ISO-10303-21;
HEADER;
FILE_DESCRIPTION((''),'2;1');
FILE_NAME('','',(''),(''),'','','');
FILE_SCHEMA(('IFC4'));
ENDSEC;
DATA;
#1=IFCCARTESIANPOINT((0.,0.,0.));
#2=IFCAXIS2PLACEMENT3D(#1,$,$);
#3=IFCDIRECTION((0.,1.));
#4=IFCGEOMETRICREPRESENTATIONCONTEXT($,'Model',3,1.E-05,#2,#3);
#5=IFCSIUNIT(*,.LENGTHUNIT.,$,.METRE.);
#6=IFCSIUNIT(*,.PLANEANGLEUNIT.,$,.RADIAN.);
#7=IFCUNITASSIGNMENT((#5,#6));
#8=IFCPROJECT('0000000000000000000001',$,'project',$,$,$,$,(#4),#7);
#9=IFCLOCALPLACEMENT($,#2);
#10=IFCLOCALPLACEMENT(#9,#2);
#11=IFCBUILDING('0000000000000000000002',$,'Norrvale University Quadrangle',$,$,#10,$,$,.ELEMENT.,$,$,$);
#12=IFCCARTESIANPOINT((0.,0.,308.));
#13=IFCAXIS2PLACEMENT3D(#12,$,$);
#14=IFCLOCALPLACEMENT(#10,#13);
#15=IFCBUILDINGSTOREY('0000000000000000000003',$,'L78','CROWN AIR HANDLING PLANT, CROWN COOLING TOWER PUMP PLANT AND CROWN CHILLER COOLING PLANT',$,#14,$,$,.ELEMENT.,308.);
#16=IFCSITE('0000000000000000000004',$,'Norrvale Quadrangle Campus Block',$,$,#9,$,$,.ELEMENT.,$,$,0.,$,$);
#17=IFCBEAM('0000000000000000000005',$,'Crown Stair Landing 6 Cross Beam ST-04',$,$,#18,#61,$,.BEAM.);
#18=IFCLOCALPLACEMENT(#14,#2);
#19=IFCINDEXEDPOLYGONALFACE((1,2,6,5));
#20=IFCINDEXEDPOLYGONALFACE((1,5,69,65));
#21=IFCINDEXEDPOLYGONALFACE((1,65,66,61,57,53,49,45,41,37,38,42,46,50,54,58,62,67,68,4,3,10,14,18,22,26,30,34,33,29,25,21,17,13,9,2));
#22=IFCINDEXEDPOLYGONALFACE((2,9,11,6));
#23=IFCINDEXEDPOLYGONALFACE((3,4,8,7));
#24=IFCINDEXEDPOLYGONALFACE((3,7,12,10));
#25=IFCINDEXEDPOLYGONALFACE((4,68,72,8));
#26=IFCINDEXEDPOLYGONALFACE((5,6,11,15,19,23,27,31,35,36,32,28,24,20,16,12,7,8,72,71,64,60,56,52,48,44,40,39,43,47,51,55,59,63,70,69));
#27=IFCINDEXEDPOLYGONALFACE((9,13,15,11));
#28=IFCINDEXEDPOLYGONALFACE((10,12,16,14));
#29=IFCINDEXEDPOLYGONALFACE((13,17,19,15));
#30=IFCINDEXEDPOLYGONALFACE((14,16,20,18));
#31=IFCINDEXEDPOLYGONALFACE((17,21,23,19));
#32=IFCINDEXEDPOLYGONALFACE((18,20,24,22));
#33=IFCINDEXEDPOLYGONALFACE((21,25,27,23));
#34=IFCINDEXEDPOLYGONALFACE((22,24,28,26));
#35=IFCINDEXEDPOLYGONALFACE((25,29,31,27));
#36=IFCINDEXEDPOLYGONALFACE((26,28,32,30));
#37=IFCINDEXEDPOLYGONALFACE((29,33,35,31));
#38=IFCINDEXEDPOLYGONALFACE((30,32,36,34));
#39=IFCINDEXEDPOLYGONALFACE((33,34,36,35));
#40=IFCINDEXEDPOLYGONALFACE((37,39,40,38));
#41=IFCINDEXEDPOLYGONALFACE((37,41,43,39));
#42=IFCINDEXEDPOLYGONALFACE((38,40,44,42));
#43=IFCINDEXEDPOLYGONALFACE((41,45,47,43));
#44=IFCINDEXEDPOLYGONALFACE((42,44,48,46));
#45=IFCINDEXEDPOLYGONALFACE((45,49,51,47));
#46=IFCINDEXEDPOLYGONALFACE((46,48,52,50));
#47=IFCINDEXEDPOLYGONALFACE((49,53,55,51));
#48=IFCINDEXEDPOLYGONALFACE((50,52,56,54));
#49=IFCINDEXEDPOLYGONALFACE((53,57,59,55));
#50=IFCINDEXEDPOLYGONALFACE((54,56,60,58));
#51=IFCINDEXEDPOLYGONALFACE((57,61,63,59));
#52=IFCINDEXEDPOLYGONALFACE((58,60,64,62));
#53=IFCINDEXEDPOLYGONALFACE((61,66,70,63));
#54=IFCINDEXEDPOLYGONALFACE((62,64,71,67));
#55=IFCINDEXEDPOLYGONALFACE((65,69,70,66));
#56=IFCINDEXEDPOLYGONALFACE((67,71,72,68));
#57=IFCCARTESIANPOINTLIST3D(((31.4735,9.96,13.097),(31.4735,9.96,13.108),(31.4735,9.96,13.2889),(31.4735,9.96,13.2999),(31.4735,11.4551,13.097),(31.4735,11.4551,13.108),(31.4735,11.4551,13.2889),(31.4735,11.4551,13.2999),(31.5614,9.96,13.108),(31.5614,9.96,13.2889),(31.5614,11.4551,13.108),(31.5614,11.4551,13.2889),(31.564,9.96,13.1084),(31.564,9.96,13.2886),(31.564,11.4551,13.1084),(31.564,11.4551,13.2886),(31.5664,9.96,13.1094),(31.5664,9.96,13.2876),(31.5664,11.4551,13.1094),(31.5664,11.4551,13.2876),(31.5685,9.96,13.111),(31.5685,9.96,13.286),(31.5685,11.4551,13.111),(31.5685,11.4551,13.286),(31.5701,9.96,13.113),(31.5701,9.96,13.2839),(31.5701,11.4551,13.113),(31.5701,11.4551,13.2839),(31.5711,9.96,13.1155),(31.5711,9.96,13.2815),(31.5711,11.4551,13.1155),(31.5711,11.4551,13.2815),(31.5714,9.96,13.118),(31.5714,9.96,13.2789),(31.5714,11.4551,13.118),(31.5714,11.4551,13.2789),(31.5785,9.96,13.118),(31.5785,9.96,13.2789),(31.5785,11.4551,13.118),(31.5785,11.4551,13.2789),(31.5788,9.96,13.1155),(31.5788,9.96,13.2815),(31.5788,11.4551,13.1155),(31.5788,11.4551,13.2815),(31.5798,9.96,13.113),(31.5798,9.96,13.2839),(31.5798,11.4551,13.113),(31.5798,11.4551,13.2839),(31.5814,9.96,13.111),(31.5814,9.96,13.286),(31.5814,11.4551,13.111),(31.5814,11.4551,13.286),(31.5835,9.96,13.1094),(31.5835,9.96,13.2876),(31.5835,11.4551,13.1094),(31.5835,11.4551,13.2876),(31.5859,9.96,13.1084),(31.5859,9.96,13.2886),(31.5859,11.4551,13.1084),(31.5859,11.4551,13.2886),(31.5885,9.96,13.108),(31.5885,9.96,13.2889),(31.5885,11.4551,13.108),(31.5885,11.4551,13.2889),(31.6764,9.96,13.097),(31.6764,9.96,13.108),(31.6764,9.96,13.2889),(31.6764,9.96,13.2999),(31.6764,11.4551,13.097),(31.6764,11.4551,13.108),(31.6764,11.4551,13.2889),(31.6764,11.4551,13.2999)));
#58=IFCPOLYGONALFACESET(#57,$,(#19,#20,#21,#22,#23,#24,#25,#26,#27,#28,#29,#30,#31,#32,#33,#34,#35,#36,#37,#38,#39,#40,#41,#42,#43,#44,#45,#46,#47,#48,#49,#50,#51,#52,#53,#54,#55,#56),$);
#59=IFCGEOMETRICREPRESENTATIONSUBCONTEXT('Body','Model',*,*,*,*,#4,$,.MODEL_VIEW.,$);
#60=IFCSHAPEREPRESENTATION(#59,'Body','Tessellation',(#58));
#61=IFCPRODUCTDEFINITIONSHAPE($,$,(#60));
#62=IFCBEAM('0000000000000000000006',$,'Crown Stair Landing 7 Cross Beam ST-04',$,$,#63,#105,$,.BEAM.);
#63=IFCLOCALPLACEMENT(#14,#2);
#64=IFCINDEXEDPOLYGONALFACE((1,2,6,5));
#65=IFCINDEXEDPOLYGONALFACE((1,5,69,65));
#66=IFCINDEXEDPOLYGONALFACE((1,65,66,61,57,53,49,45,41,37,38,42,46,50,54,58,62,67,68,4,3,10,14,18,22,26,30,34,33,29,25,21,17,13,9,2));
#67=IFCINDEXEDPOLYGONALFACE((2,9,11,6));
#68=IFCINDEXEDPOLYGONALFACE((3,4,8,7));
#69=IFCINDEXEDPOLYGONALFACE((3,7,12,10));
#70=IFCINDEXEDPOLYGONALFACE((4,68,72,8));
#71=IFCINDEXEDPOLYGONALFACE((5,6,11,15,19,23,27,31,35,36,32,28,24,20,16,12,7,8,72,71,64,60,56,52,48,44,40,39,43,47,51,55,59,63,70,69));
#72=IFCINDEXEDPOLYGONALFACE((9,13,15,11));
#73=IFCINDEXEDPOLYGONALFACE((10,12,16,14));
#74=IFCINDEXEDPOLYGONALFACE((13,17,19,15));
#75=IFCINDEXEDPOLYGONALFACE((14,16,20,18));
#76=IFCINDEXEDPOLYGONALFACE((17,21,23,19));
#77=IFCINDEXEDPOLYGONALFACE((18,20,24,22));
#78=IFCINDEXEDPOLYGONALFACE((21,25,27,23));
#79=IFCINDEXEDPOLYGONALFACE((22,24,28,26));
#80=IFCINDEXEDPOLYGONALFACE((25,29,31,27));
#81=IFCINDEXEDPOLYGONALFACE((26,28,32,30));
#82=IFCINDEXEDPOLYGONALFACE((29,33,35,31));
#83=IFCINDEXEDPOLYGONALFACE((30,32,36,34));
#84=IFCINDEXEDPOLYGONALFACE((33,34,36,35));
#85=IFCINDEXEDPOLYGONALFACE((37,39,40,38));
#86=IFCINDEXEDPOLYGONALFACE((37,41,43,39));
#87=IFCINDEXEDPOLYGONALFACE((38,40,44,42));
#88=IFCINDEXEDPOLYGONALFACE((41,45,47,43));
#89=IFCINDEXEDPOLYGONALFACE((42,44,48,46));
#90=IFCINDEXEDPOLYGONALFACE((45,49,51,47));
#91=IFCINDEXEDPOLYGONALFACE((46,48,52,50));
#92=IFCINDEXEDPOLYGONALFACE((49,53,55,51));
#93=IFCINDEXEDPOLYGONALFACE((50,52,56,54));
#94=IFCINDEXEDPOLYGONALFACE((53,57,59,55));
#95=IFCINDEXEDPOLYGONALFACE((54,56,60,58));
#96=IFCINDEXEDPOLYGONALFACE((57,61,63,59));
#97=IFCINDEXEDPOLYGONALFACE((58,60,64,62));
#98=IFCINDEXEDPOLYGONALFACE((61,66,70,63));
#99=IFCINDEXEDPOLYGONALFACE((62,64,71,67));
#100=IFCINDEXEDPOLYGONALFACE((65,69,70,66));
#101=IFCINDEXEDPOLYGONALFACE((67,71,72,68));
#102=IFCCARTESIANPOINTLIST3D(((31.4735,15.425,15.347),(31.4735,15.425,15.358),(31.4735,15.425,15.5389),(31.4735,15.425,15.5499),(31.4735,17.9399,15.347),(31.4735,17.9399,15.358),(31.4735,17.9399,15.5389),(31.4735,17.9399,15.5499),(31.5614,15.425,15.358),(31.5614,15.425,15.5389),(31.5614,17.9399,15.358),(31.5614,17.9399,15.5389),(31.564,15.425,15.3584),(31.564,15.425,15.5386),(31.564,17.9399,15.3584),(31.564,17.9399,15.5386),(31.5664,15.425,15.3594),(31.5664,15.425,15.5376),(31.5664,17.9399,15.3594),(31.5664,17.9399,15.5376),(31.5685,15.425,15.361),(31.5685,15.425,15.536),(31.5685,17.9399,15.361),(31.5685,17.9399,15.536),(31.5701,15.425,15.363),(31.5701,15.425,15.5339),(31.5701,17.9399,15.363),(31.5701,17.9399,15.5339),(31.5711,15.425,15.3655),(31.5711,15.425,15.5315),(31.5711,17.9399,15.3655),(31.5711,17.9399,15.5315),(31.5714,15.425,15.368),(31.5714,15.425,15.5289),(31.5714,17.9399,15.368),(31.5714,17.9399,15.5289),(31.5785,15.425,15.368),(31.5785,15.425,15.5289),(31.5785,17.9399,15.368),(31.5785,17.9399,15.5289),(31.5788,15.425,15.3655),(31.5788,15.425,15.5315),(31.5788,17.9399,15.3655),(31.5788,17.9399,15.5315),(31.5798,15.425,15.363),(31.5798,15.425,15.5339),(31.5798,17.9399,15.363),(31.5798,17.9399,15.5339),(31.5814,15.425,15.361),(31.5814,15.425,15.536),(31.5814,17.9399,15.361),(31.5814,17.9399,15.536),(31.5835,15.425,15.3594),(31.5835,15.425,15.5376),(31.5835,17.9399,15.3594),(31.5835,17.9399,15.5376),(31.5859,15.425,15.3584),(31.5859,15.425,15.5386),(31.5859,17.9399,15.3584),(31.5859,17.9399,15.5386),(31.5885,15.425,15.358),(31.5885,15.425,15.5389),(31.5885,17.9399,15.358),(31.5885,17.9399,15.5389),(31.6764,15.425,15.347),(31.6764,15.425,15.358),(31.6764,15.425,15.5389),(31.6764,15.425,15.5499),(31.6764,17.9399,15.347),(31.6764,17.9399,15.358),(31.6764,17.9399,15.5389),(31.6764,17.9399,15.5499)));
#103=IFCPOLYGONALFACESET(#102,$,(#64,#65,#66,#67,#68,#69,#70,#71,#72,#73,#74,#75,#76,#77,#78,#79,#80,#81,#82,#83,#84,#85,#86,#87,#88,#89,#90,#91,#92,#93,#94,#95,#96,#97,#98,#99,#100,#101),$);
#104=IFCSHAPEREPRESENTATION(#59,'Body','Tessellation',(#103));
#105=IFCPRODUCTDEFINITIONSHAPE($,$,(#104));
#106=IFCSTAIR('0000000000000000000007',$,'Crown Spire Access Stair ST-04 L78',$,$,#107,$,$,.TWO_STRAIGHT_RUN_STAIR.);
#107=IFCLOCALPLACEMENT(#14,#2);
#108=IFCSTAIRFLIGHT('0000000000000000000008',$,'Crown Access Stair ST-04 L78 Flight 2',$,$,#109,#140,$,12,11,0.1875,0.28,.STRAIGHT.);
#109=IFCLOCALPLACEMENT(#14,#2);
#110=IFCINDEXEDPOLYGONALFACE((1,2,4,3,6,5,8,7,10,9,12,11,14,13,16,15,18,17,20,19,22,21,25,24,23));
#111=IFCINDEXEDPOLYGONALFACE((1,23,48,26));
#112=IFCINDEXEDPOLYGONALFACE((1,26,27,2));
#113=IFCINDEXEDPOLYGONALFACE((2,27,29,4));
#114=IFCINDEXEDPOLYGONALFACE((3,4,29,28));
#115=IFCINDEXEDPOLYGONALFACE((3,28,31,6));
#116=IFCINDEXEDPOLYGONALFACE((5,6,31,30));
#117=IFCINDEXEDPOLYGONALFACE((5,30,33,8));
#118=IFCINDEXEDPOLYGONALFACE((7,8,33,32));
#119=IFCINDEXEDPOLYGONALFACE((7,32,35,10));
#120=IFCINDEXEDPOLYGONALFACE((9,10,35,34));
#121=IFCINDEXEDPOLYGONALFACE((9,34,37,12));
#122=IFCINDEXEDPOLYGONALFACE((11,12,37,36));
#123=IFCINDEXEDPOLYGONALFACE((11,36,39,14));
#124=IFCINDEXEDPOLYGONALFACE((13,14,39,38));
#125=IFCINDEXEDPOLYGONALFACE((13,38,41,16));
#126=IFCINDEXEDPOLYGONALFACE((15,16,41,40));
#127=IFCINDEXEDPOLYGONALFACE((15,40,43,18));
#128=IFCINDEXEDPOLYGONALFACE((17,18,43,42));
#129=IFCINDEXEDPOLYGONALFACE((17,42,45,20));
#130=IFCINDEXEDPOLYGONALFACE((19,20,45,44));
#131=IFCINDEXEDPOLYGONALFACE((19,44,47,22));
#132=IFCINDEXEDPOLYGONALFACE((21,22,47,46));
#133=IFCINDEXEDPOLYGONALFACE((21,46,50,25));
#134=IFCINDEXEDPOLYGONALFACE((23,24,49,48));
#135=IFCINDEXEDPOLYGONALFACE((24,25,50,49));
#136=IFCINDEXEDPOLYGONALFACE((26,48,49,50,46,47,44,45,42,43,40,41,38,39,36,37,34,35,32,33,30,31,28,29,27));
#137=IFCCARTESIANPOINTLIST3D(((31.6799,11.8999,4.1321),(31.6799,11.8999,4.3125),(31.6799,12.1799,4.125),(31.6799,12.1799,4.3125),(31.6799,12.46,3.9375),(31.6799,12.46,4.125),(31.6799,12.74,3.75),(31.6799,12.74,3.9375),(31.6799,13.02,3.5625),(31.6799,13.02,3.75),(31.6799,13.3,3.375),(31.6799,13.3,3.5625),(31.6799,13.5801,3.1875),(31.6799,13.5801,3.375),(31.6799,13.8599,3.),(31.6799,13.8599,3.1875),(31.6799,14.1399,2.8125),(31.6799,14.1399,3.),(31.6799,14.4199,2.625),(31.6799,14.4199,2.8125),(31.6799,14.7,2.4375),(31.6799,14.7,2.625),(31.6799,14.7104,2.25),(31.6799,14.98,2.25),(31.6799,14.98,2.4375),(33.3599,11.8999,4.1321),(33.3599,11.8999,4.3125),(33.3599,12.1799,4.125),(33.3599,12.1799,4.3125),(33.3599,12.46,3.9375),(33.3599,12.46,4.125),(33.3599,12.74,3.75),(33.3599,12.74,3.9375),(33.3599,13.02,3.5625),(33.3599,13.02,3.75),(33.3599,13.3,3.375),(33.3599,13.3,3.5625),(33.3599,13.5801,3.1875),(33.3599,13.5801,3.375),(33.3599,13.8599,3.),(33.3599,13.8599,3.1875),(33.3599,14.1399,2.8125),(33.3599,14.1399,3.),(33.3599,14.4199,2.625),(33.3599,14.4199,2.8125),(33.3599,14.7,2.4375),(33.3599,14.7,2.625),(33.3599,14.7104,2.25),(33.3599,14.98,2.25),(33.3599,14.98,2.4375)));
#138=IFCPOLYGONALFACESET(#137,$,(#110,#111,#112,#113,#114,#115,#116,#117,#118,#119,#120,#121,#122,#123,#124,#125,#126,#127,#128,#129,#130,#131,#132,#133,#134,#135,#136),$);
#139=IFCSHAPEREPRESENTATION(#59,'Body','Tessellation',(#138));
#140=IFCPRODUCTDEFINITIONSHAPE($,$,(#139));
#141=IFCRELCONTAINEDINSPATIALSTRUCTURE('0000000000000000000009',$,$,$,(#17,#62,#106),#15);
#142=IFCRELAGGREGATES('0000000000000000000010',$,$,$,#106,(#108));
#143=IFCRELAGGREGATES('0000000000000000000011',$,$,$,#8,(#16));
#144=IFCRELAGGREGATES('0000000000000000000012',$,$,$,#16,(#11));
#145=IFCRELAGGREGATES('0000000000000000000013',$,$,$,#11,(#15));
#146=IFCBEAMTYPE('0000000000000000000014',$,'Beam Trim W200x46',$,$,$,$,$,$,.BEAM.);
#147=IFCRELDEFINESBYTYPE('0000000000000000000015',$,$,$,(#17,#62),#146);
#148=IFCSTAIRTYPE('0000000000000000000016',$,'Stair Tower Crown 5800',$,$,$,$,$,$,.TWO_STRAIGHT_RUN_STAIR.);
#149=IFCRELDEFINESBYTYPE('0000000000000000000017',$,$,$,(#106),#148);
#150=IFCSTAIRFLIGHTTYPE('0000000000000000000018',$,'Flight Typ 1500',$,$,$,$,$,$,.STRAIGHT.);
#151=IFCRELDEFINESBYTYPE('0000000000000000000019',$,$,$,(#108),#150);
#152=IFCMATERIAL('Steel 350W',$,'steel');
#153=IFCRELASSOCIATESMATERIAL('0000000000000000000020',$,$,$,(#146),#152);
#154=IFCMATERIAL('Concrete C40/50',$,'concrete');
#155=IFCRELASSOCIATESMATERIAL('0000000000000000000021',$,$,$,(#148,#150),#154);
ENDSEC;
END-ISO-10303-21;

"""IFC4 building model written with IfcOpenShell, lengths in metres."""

from ifc_helpers import new_model, si_unit, direction, frame, origin, origin_2d, place, context, subcontext, project, spatial, polyline, i_section, outline, extrude, material, material_profile, profile_set, type_object, element, aggregate, save


model = new_model("IFC4")

# Units and contexts
model_context = context("Model", 3, precision=1e-05, world=origin(), true_north=direction((0.0, 1.0)))
body_context = subcontext(model_context, "Body", "Model", "MODEL_VIEW")
ifc_project = project(units=[si_unit("LENGTHUNIT", "METRE"), si_unit("PLANEANGLEUNIT", "RADIAN")], contexts=[model_context])

# Site, building, storey
site_placement = place(None, origin())
site = spatial("IfcSite", under=ifc_project, at=site_placement, Name="Norrvale Quadrangle Campus Block", CompositionType="ELEMENT", RefElevation=0.0)
building_placement = place(site_placement, origin())
building = spatial("IfcBuilding", under=site, at=building_placement, Name="Norrvale University Quadrangle", CompositionType="ELEMENT")
storey_placement = place(building_placement, frame((0.0, 0.0, 308.0)))
storey = spatial("IfcBuildingStorey", under=building, at=storey_placement, Name="L78", Description="CROWN AIR HANDLING PLANT, CROWN COOLING TOWER PUMP PLANT AND CROWN CHILLER COOLING PLANT", CompositionType="ELEMENT", Elevation=308.0)

# Beams
ifc_material_1 = material(Name="Steel 350W", Category="steel")
ifc_material_profile = material_profile(ifc_material_1, i_section(OverallWidth=0.2029, OverallDepth=0.2029, WebThickness=0.0071, FlangeThickness=0.011, FilletRadius=0.01, at=origin_2d()), Name="Steel 350W")
ifc_profile_set = profile_set([ifc_material_profile], Name="Steel 350W")
beam_type = type_object("IfcBeamType", Name="Beam Trim W200x46", PredefinedType="BEAM", material=ifc_profile_set)
beam_1_placement = place(storey_placement, frame((31.575, 9.96, 13.1985), z_axis=(0.0, 1.0, 0.0), x_axis=(-1.0, 0.0, 0.0)))
element("IfcBeam", 1, at=beam_1_placement, inside=storey, type_object=beam_type, Name="Crown Stair Landing 6 Cross Beam ST-04", PredefinedType="BEAM", context=body_context, shape_type="SweptSolid", body=[
    extrude(i_section(OverallWidth=0.2029, OverallDepth=0.2029, WebThickness=0.0071, FlangeThickness=0.011, FilletRadius=0.01, at=origin_2d()), origin(), (0.0, 0.0, 1.0), 1.4951),
])
beam_2_placement = place(storey_placement, frame((31.575, 15.425, 15.4485), z_axis=(0.0, 1.0, 0.0), x_axis=(-1.0, 0.0, 0.0)))
element("IfcBeam", 2, at=beam_2_placement, inside=storey, type_object=beam_type, Name="Crown Stair Landing 7 Cross Beam ST-04", PredefinedType="BEAM", context=body_context, shape_type="SweptSolid", body=[
    extrude(i_section(OverallWidth=0.2029, OverallDepth=0.2029, WebThickness=0.0071, FlangeThickness=0.011, FilletRadius=0.01, at=origin_2d()), origin(), (0.0, 0.0, 1.0), 2.5149),
])

# Stair, stair flight
ifc_material_2 = material(Name="Concrete C40/50", Category="concrete")
stair_type = type_object("IfcStairType", Name="Stair Tower Crown 5800", PredefinedType="TWO_STRAIGHT_RUN_STAIR", material=ifc_material_2)
stair_placement = place(storey_placement, origin())
stair = element("IfcStair", 3, at=stair_placement, inside=storey, type_object=stair_type, Name="Crown Spire Access Stair ST-04 L78", PredefinedType="TWO_STRAIGHT_RUN_STAIR")
stair_flight_type = type_object("IfcStairFlightType", Name="Flight Typ 1500", PredefinedType="STRAIGHT", material=ifc_material_2)
stair_flight_placement = place(storey_placement, frame((32.52, 14.98, 2.25), z_axis=(0.0, 0.0, 1.0), x_axis=(0.0, -1.0, 0.0)))
stair_flight = element("IfcStairFlight", 4, at=stair_flight_placement, type_object=stair_flight_type, Name="Crown Access Stair ST-04 L78 Flight 2", NumberOfRisers=12, NumberOfTreads=11, PredefinedType="STRAIGHT", RiserHeight=0.1875, TreadLength=0.28, context=body_context, shape_type="SweptSolid", body=[
    extrude(outline(polyline([(0.0, 0.0), (0.0, 0.1875), (0.28, 0.1875), (0.28, 0.375), (0.5601, 0.375), (0.5601, 0.5625), (0.8401, 0.5625), (0.8401, 0.75), (1.1201, 0.75), (1.1201, 0.9375), (1.3999, 0.9375), (1.3999, 1.125), (1.6799, 1.125), (1.6799, 1.3125), (1.96, 1.3125), (1.96, 1.5), (2.24, 1.5), (2.24, 1.6875), (2.52, 1.6875), (2.52, 1.875), (2.8, 1.875), (2.8, 2.0625), (3.0801, 2.0625), (3.0801, 2.25), (3.0801, 1.8821), (0.2695, 0.0), (0.0, 0.0)])), frame((0.0, 0.8398, 0.0), z_axis=(0.0, -1.0, 0.0), x_axis=(1.0, 0.0, 0.0)), (0.0, 0.0, 1.0), 1.6799),
])
aggregate(stair, [stair_flight])

save(model, "model.ifc")
